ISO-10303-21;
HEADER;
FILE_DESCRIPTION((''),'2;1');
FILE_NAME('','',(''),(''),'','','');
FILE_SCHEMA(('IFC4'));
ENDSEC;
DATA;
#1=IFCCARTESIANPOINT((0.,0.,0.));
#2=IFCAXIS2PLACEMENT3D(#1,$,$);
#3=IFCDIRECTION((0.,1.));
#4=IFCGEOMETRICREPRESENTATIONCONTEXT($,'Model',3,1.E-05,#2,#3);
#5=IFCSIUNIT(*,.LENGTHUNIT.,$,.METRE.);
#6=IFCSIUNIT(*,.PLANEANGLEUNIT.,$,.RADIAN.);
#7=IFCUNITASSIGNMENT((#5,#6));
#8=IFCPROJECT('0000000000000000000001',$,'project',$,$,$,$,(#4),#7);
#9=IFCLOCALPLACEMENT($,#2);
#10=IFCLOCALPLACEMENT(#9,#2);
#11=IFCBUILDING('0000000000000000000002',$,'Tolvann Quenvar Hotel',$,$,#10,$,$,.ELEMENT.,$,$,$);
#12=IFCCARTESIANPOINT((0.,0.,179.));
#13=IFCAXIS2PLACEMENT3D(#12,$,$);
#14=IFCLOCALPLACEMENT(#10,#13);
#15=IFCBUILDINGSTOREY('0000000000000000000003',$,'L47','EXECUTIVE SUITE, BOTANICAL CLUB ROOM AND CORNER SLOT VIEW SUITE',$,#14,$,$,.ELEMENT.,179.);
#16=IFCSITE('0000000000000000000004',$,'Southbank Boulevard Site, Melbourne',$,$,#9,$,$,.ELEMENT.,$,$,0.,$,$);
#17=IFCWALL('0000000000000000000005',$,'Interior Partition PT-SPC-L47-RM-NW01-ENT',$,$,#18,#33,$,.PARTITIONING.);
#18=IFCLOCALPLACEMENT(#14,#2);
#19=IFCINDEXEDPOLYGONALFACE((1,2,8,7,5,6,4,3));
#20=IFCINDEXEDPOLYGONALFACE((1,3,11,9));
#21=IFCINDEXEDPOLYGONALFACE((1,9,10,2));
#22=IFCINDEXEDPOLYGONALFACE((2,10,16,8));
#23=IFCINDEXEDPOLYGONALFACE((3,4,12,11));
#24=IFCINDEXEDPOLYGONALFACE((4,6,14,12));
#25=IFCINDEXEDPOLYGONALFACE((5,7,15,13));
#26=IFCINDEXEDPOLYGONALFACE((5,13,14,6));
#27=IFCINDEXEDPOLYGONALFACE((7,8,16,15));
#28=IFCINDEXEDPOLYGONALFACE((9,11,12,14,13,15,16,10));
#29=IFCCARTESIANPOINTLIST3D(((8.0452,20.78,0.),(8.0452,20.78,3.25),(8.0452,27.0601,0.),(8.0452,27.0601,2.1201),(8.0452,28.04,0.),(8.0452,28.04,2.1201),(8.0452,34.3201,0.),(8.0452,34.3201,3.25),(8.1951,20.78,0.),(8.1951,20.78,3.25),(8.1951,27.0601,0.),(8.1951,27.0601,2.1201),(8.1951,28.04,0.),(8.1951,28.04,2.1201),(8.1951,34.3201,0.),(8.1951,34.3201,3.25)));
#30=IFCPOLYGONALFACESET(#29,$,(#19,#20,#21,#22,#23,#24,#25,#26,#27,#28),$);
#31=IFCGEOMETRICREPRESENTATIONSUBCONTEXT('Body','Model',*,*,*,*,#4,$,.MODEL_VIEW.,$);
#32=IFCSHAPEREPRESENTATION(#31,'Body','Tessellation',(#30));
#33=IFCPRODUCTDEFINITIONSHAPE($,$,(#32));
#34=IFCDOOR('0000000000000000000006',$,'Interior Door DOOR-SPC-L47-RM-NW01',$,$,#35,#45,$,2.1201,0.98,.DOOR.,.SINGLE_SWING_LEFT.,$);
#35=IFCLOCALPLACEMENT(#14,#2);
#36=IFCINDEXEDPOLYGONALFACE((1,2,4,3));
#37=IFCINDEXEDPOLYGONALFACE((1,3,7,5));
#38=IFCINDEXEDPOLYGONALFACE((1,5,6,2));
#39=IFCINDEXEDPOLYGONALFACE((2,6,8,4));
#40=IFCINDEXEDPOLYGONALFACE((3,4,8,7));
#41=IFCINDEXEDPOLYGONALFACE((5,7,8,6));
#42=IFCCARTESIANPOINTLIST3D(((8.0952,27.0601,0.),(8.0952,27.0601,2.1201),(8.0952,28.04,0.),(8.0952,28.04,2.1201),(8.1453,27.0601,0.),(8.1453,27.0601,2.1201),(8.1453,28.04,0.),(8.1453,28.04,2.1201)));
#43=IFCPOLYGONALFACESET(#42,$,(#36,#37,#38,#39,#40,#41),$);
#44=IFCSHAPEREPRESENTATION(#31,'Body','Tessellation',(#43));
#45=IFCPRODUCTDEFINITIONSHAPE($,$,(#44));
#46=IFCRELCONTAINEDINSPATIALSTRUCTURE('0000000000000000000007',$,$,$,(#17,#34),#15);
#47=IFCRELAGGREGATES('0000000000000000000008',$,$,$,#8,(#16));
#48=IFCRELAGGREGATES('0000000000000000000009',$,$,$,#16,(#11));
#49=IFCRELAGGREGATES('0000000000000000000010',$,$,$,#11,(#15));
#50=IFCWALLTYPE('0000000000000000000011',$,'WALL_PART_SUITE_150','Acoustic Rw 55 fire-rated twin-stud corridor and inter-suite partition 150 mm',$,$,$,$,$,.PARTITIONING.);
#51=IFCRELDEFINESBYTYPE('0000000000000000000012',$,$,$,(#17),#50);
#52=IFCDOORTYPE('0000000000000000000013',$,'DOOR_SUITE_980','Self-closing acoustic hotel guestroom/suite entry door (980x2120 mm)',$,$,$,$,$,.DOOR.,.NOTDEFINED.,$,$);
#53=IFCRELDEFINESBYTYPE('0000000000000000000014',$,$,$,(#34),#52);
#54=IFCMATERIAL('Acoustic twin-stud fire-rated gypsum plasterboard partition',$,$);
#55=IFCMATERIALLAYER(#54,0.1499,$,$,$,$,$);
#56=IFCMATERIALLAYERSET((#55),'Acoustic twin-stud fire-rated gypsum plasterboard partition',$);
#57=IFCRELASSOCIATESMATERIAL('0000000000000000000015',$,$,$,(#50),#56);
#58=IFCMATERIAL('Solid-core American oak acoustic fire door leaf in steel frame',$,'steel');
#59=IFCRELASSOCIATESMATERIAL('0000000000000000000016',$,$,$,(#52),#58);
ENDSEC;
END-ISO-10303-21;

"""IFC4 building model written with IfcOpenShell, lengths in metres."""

from ifc_helpers import new_model, si_unit, direction, frame, frame_2d, origin, place, context, subcontext, project, spatial, rectangle, extrude, source, transform, mapped, material, layer, layer_set, type_object, type_shapes, element, fill, save


model = new_model("IFC4")

# Units and contexts
model_context = context("Model", 3, precision=1e-05, world=origin(), true_north=direction((0.0, 1.0)))
body_context = subcontext(model_context, "Body", "Model", "MODEL_VIEW")
ifc_project = project(units=[si_unit("LENGTHUNIT", "METRE"), si_unit("PLANEANGLEUNIT", "RADIAN")], contexts=[model_context])

# Site, building, storey
site_placement = place(None, origin())
site = spatial("IfcSite", under=ifc_project, at=site_placement, Name="Southbank Boulevard Site, Melbourne", CompositionType="ELEMENT", RefElevation=0.0)
building_placement = place(site_placement, origin())
building = spatial("IfcBuilding", under=site, at=building_placement, Name="Tolvann Quenvar Hotel", CompositionType="ELEMENT")
storey_placement = place(building_placement, frame((0.0, 0.0, 179.0)))
storey = spatial("IfcBuildingStorey", under=building, at=storey_placement, Name="L47", Description="EXECUTIVE SUITE, BOTANICAL CLUB ROOM AND CORNER SLOT VIEW SUITE", CompositionType="ELEMENT", Elevation=179.0)

# Shared definitions
ifc_material_1 = material(Name="Solid-core American oak acoustic fire door leaf in steel frame", Category="steel")

# Shared definitions
ifc_material_2 = material(Name="Acoustic twin-stud fire-rated gypsum plasterboard partition")
ifc_layer_1 = layer(ifc_material_2, 0.1499)
ifc_layer_set_1 = layer_set([ifc_layer_1], Name="Acoustic twin-stud fire-rated gypsum plasterboard partition")
wall_type_1 = type_object("IfcWallType", Name="WALL_PART_SUITE_150", Description="Acoustic Rw 55 fire-rated twin-stud corridor and inter-suite partition 150 mm", PredefinedType="PARTITIONING", material=ifc_layer_set_1)

# Wall, opening, door
wall_1_placement = place(storey_placement, frame((8.1201, 20.78, 0.0), z_axis=(0.0, 0.0, 1.0), x_axis=(0.0, 1.0, 0.0)))
wall_1 = element("IfcWall", 1, at=wall_1_placement, inside=storey, type_object=wall_type_1, Name="Interior Partition PT-SPC-L47-RM-NW01-ENT", PredefinedType="PARTITIONING", context=body_context, shape_type="SweptSolid", body=[
    extrude(rectangle(XDim=13.54, YDim=0.1499, at=frame_2d((6.77, 0.0))), origin(), (0.0, 0.0, 1.0), 3.25),
])
opening_1_placement = place(wall_1_placement, frame((6.28, 0.0, 0.0)))
opening_1 = element("IfcOpeningElement", 2, at=opening_1_placement, cuts=wall_1, PredefinedType="OPENING", context=body_context, shape_type="SweptSolid", body=[
    extrude(rectangle(XDim=0.98, YDim=2.1201, at=frame_2d((0.49, 1.0601))), frame((0.0, 0.085, 0.0), z_axis=(0.0, -1.0, 0.0), x_axis=(1.0, 0.0, 0.0)), (0.0, 0.0, 1.0), 0.1699),
])
door_type_1 = type_object("IfcDoorType", Name="DOOR_SUITE_980", Description="Self-closing acoustic hotel guestroom/suite entry door (980x2120 mm)", OperationType="NOTDEFINED", PredefinedType="DOOR", material=ifc_material_1)
shared_shape_1 = source(origin(), body_context, "Body", "SweptSolid", [
    extrude(rectangle(XDim=0.98, YDim=2.1201, at=frame_2d((0.49, 1.0601))), frame((0.0, 0.0249, 0.0), z_axis=(0.0, -1.0, 0.0), x_axis=(1.0, 0.0, 0.0)), (0.0, 0.0, 1.0), 0.05),
])
type_shapes(door_type_1, [shared_shape_1])
door_1_placement = place(opening_1_placement, origin())
door_1 = element("IfcDoor", 3, at=door_1_placement, inside=storey, type_object=door_type_1, Name="Interior Door DOOR-SPC-L47-RM-NW01", OperationType="SINGLE_SWING_LEFT", OverallHeight=2.1201, OverallWidth=0.98, PredefinedType="DOOR", context=body_context, shape_type="MappedRepresentation", body=[
    mapped(shared_shape_1, transform((0.0, 0.0, 0.0), x_axis=(1.0, 0.0, 0.0), y_axis=(0.0, 1.0, 0.0), z_axis=(0.0, 0.0, 1.0), scale=1.0)),
])
fill(opening_1, door_1)

save(model, "model.ifc")
